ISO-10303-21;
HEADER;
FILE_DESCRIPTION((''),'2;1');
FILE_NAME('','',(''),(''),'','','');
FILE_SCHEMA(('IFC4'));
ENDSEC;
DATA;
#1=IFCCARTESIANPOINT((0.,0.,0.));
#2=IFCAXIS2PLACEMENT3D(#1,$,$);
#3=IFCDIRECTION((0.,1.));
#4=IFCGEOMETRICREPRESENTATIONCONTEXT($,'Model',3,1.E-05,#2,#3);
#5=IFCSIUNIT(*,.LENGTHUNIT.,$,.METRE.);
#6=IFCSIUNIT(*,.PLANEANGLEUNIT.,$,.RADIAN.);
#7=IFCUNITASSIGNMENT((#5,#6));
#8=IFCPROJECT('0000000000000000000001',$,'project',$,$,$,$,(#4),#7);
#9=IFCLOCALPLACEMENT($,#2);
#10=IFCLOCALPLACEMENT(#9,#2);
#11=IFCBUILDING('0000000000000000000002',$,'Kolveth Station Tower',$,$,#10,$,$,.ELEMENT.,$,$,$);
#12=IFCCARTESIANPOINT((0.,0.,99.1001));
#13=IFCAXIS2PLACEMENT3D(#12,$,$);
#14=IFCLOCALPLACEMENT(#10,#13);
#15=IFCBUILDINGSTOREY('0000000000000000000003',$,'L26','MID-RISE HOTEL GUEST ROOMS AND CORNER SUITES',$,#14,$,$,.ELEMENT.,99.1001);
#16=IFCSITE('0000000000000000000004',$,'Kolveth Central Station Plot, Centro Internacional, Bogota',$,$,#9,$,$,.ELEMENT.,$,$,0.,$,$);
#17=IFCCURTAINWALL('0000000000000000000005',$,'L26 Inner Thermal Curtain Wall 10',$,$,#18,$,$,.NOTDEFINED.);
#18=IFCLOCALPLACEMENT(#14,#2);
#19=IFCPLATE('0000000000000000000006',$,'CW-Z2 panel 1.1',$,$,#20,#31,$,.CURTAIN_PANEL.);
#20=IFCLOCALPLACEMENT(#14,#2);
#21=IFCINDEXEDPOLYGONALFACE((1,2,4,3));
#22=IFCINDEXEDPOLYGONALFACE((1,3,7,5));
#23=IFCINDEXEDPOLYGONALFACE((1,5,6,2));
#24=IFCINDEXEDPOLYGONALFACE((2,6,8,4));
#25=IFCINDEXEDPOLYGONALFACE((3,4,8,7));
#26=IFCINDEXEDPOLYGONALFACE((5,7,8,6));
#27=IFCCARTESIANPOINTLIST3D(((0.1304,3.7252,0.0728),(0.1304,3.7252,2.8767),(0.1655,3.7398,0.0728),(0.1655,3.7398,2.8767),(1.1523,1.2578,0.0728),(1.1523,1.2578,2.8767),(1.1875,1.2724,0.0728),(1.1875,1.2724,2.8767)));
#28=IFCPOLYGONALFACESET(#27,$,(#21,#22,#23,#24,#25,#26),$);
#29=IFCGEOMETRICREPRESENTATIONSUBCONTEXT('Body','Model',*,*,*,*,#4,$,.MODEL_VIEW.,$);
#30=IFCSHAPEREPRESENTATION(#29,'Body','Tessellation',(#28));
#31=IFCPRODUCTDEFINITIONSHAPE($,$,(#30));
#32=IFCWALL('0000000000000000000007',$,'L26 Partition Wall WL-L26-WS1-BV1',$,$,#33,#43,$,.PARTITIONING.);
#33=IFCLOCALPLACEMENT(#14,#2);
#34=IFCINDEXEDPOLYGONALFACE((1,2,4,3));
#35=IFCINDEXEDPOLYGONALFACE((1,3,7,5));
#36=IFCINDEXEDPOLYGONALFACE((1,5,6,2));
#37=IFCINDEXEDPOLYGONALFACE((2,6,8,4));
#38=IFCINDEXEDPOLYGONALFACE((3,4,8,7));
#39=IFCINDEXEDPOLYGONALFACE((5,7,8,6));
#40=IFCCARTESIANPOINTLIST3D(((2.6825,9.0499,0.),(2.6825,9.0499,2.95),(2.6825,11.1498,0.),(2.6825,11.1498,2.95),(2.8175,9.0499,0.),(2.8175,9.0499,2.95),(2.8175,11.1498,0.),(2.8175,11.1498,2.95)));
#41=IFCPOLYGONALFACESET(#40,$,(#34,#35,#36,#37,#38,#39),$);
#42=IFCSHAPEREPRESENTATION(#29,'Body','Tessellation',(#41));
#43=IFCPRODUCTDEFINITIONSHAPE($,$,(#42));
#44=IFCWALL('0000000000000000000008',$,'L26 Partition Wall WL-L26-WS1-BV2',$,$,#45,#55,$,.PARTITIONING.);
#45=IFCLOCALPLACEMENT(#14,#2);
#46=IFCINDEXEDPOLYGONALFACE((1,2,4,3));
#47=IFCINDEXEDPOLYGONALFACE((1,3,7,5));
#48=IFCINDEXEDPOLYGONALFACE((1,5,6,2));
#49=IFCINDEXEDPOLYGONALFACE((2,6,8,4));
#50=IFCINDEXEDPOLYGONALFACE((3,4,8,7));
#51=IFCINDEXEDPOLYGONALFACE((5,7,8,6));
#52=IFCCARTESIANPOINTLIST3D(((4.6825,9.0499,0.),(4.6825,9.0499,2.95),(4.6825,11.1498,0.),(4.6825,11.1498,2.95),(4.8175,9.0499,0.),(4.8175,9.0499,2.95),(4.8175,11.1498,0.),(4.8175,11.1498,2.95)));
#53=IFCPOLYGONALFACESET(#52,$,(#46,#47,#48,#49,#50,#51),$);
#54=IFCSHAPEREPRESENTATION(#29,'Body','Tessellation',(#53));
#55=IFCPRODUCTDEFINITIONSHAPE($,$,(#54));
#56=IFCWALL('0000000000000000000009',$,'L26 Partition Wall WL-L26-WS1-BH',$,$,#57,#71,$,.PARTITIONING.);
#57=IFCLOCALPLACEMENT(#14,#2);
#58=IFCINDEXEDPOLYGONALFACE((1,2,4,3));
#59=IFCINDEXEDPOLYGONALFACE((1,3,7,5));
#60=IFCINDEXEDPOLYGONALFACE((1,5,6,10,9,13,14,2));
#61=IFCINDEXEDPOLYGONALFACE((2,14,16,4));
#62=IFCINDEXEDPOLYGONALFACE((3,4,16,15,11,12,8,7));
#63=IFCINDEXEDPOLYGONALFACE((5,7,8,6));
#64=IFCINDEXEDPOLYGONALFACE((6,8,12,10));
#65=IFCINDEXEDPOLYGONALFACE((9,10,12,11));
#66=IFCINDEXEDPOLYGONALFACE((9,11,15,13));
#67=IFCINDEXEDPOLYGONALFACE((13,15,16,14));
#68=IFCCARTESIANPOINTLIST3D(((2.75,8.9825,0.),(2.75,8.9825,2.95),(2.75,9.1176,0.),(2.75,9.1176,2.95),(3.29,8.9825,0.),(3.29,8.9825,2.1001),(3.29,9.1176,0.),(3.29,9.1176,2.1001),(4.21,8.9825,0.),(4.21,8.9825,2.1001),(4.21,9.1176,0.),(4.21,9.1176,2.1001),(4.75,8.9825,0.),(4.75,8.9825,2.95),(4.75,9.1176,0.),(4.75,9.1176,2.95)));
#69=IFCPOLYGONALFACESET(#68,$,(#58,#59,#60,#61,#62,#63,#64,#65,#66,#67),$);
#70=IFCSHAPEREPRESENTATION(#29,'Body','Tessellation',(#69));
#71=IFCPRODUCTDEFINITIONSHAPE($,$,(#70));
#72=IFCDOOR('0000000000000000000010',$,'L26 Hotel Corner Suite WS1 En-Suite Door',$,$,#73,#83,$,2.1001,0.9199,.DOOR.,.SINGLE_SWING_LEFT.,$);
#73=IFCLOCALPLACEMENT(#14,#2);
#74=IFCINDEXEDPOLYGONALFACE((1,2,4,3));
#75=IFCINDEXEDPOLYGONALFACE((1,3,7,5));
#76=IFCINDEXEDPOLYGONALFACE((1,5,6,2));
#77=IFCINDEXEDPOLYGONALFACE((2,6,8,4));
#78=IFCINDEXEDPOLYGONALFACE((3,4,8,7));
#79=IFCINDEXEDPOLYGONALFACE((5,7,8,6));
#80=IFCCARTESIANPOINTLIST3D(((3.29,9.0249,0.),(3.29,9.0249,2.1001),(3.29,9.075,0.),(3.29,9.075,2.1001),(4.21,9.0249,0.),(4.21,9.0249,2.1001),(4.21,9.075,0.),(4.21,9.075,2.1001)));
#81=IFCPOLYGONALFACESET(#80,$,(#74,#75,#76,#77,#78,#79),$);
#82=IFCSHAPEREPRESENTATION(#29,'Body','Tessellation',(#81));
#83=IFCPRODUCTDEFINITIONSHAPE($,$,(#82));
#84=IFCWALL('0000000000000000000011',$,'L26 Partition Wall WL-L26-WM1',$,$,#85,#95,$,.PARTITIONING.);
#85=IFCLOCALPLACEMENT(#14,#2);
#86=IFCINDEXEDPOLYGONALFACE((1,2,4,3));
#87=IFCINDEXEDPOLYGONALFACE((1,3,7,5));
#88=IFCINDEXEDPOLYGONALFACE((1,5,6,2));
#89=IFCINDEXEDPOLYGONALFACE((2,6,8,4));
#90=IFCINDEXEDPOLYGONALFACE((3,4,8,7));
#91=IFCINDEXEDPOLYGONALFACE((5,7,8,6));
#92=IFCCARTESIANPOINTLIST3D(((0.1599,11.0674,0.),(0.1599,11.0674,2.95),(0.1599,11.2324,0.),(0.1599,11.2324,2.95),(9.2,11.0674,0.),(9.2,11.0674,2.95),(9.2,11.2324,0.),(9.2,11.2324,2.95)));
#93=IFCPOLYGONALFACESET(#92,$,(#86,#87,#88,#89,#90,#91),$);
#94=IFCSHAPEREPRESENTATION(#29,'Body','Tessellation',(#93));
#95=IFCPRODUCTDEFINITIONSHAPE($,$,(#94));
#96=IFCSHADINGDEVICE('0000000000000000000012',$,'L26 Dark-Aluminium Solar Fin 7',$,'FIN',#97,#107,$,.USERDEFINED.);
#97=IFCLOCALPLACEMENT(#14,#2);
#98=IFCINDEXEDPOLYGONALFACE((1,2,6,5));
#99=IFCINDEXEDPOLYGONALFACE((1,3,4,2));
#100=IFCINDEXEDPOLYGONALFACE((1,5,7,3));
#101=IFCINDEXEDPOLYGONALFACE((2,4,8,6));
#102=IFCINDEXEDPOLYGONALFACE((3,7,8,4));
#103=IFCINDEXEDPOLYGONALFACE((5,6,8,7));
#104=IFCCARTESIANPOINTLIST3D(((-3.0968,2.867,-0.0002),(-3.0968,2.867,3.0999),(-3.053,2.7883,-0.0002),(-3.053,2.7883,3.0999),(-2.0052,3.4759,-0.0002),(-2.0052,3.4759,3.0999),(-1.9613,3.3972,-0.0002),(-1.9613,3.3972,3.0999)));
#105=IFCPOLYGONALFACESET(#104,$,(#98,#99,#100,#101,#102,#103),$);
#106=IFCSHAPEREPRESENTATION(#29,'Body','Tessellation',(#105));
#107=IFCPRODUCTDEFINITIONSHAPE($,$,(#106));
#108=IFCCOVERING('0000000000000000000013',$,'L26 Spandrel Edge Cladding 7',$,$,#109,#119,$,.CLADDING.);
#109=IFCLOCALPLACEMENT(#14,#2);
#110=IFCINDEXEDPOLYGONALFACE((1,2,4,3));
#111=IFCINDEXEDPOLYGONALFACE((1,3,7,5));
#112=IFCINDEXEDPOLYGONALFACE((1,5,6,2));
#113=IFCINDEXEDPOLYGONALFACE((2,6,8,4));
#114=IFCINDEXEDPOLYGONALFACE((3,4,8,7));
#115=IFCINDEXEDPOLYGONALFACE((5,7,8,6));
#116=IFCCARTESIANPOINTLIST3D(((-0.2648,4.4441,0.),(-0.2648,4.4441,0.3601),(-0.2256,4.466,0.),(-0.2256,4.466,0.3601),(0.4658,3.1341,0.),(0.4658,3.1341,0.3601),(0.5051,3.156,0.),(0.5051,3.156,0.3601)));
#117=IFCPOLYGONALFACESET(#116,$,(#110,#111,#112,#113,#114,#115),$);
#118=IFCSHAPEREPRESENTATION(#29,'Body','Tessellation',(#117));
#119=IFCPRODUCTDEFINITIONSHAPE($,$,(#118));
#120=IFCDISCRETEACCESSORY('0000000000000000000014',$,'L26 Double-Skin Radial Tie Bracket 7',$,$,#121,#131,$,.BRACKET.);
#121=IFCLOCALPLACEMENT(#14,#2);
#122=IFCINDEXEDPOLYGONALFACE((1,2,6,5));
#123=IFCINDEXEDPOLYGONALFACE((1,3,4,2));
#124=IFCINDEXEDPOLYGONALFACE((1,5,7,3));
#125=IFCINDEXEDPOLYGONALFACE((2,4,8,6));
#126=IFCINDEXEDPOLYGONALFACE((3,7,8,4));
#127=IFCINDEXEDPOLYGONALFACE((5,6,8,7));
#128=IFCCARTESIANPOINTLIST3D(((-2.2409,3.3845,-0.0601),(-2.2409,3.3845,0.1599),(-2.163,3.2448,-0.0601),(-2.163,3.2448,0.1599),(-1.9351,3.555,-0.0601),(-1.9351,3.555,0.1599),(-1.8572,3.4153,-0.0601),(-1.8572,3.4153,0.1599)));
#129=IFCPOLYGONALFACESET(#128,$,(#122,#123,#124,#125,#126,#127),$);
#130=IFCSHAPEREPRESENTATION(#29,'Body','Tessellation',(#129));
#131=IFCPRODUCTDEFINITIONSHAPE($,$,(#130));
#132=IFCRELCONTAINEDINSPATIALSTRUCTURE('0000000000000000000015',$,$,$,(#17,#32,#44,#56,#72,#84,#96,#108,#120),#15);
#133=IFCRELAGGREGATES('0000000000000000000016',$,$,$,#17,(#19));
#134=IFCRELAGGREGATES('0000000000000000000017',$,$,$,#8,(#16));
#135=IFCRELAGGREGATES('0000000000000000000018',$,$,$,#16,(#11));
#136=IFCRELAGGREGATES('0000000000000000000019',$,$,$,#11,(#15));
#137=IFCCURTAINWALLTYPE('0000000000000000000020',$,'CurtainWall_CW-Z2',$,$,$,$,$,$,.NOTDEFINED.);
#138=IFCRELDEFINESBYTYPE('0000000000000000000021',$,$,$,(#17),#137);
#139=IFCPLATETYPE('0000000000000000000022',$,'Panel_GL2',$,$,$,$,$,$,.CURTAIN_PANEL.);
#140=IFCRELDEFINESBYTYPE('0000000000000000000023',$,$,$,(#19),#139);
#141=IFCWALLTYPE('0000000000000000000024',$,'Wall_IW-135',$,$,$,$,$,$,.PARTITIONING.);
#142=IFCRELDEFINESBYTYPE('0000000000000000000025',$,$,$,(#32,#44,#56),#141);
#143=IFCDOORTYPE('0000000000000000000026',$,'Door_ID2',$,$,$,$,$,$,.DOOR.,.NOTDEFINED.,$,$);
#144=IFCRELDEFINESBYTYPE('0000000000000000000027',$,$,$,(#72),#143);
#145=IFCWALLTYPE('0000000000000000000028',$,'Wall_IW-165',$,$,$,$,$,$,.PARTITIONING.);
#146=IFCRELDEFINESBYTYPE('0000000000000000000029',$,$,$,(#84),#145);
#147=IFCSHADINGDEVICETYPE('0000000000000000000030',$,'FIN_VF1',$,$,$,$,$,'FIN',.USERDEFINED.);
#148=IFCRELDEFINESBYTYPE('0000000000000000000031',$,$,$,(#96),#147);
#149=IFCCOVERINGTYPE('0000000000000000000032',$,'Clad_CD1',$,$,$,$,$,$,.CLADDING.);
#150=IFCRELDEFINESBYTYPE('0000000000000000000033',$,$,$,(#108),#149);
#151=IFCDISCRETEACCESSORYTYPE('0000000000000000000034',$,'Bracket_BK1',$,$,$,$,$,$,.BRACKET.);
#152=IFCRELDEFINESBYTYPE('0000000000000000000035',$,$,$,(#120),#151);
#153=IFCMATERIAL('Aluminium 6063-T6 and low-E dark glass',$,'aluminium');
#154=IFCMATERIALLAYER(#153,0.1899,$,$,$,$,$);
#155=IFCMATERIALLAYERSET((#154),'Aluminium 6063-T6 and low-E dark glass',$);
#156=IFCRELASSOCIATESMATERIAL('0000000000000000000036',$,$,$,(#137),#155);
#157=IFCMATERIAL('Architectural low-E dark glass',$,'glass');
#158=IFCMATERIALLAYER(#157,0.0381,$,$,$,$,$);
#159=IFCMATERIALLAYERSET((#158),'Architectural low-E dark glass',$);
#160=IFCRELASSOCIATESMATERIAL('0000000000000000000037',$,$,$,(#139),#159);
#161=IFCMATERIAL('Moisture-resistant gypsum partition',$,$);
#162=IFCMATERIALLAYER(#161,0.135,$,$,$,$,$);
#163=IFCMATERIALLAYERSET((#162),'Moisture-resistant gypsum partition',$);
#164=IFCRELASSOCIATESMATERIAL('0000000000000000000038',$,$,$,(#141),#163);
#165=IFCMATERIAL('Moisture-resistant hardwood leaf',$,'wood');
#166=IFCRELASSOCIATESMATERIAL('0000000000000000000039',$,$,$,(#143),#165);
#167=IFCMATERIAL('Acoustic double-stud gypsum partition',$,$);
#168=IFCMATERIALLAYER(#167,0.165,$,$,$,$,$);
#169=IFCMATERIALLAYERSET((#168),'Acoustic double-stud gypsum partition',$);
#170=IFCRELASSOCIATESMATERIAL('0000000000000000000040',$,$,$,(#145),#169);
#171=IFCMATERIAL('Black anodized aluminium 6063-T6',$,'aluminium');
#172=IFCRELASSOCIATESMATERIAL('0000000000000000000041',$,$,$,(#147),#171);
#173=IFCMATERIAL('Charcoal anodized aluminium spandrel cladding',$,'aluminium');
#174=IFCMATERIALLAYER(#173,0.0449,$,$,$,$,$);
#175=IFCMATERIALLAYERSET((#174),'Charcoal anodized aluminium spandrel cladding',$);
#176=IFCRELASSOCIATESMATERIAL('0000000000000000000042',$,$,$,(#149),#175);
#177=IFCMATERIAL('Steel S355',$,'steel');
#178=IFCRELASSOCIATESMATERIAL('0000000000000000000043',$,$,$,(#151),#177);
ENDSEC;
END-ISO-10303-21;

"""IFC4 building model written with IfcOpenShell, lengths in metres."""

from ifc_helpers import new_model, si_unit, direction, frame, frame_2d, origin, origin_2d, place, context, subcontext, project, spatial, rectangle, extrude, source, transform, mapped, material, layer, layer_set, type_object, element, fill, aggregate, save


model = new_model("IFC4")

# Units and contexts
model_context = context("Model", 3, precision=1e-05, world=origin(), true_north=direction((0.0, 1.0)))
body_context = subcontext(model_context, "Body", "Model", "MODEL_VIEW")
ifc_project = project(units=[si_unit("LENGTHUNIT", "METRE"), si_unit("PLANEANGLEUNIT", "RADIAN")], contexts=[model_context])

# Site, building, storey
site_placement = place(None, origin())
site = spatial("IfcSite", under=ifc_project, at=site_placement, Name="Kolveth Central Station Plot, Centro Internacional, Bogota", CompositionType="ELEMENT", RefElevation=0.0)
building_placement = place(site_placement, origin())
building = spatial("IfcBuilding", under=site, at=building_placement, Name="Kolveth Station Tower", CompositionType="ELEMENT")
storey_placement = place(building_placement, frame((0.0, 0.0, 99.1001)))
storey = spatial("IfcBuildingStorey", under=building, at=storey_placement, Name="L26", Description="MID-RISE HOTEL GUEST ROOMS AND CORNER SUITES", CompositionType="ELEMENT", Elevation=99.1001)

# Shared definitions
ifc_material_1 = material(Name="Steel S355", Category="steel")

# Shared definitions
ifc_material_2 = material(Name="Aluminium 6063-T6 and low-E dark glass", Category="aluminium")
ifc_layer_1 = layer(ifc_material_2, 0.1899)
ifc_layer_set_1 = layer_set([ifc_layer_1], Name="Aluminium 6063-T6 and low-E dark glass")
curtain_wall_type_1 = type_object("IfcCurtainWallType", Name="CurtainWall_CW-Z2", PredefinedType="NOTDEFINED", material=ifc_layer_set_1)
ifc_material_3 = material(Name="Black anodized aluminium 6063-T6", Category="aluminium")

# Curtain wall
curtain_wall_1_placement = place(storey_placement, origin())
curtain_wall_1 = element("IfcCurtainWall", 1, at=curtain_wall_1_placement, inside=storey, type_object=curtain_wall_type_1, Name="L26 Inner Thermal Curtain Wall 10", PredefinedType="NOTDEFINED")

# Plate
ifc_material_4 = material(Name="Architectural low-E dark glass", Category="glass")
ifc_layer_2 = layer(ifc_material_4, 0.0381)
ifc_layer_set_2 = layer_set([ifc_layer_2], Name="Architectural low-E dark glass")
plate_type = type_object("IfcPlateType", Name="Panel_GL2", PredefinedType="CURTAIN_PANEL", material=ifc_layer_set_2)
shared_shape_1 = source(origin(), body_context, "Body", "SweptSolid", [
    extrude(rectangle(XDim=2.6707, YDim=0.0381, at=origin_2d()), origin(), (0.0, 0.0, 1.0), 2.804),
])
plate_placement = place(storey_placement, frame((0.6589, 2.4988, 0.0728), z_axis=(0.0, 0.0, 1.0), x_axis=(0.382663, -0.923888, 0.0)))
plate = element("IfcPlate", 2, at=plate_placement, type_object=plate_type, Name="CW-Z2 panel 1.1", PredefinedType="CURTAIN_PANEL", context=body_context, shape_type="MappedRepresentation", body=[
    mapped(shared_shape_1, transform((0.0, 0.0, 0.0), x_axis=(1.0, 0.0, 0.0), y_axis=(0.0, 1.0, 0.0), z_axis=(0.0, 0.0, 1.0), scale=1.0)),
])
aggregate(curtain_wall_1, [plate])

# Walls
ifc_material_5 = material(Name="Moisture-resistant gypsum partition")
ifc_layer_3 = layer(ifc_material_5, 0.135)
ifc_layer_set_3 = layer_set([ifc_layer_3], Name="Moisture-resistant gypsum partition")
wall_type_1 = type_object("IfcWallType", Name="Wall_IW-135", PredefinedType="PARTITIONING", material=ifc_layer_set_3)
for number, where, z_axis, x_axis, name in (
    (3, (2.75, 9.05, 0.0), (0.0, 0.0, 1.0), (0.0, 1.0, 0.0), "L26 Partition Wall WL-L26-WS1-BV1"),
    (4, (4.75, 9.05, 0.0), (0.0, 0.0, 1.0), (0.0, 1.0, 0.0), "L26 Partition Wall WL-L26-WS1-BV2"),
):
    element("IfcWall", number, at=place(storey_placement, frame(where, z_axis=z_axis, x_axis=x_axis)), inside=storey, type_object=wall_type_1, Name=name, PredefinedType="PARTITIONING", context=body_context, shape_type="SweptSolid", body=[
        extrude(rectangle(XDim=2.0999, YDim=0.135, at=frame_2d((1.0498, 0.0))), origin(), (0.0, 0.0, 1.0), 2.95),
    ])

# Wall, opening, door
wall_1_placement = place(storey_placement, frame((2.75, 9.05, 0.0), z_axis=(0.0, 0.0, 1.0), x_axis=(1.0, 0.0, 0.0)))
wall_1 = element("IfcWall", 5, at=wall_1_placement, inside=storey, type_object=wall_type_1, Name="L26 Partition Wall WL-L26-WS1-BH", PredefinedType="PARTITIONING", context=body_context, shape_type="SweptSolid", body=[
    extrude(rectangle(XDim=2.0, YDim=0.135, at=frame_2d((1.0, 0.0))), origin(), (0.0, 0.0, 1.0), 2.95),
])
opening_placement = place(wall_1_placement, frame((0.54, 0.0, 0.0)))
opening = element("IfcOpeningElement", 6, at=opening_placement, cuts=wall_1, PredefinedType="OPENING", context=body_context, shape_type="SweptSolid", body=[
    extrude(rectangle(XDim=0.9199, YDim=2.1001, at=frame_2d((0.46, 1.05))), frame((0.0, 0.0774, 0.0), z_axis=(0.0, -1.0, 0.0), x_axis=(1.0, 0.0, 0.0)), (0.0, 0.0, 1.0), 0.155),
])
ifc_material_6 = material(Name="Moisture-resistant hardwood leaf", Category="wood")
door_type = type_object("IfcDoorType", Name="Door_ID2", OperationType="NOTDEFINED", PredefinedType="DOOR", material=ifc_material_6)
door_placement = place(opening_placement, origin())
door = element("IfcDoor", 7, at=door_placement, inside=storey, type_object=door_type, Name="L26 Hotel Corner Suite WS1 En-Suite Door", OperationType="SINGLE_SWING_LEFT", OverallHeight=2.1001, OverallWidth=0.9199, PredefinedType="DOOR", context=body_context, shape_type="SweptSolid", body=[
    extrude(rectangle(XDim=0.9199, YDim=2.1001, at=frame_2d((0.46, 1.05))), frame((0.0, 0.0249, 0.0), z_axis=(0.0, -1.0, 0.0), x_axis=(1.0, 0.0, 0.0)), (0.0, 0.0, 1.0), 0.05),
])
fill(opening, door)

# Wall
ifc_material_7 = material(Name="Acoustic double-stud gypsum partition")
ifc_layer_4 = layer(ifc_material_7, 0.165)
ifc_layer_set_4 = layer_set([ifc_layer_4], Name="Acoustic double-stud gypsum partition")
wall_type_2 = type_object("IfcWallType", Name="Wall_IW-165", PredefinedType="PARTITIONING", material=ifc_layer_set_4)
wall_2_placement = place(storey_placement, frame((0.1599, 11.1499, 0.0), z_axis=(0.0, 0.0, 1.0), x_axis=(1.0, 0.0, 0.0)))
element("IfcWall", 8, at=wall_2_placement, inside=storey, type_object=wall_type_2, Name="L26 Partition Wall WL-L26-WM1", PredefinedType="PARTITIONING", context=body_context, shape_type="SweptSolid", body=[
    extrude(rectangle(XDim=9.04, YDim=0.165, at=frame_2d((4.52, 0.0))), origin(), (0.0, 0.0, 1.0), 2.95),
])

# Shading device
shading_device_type = type_object("IfcShadingDeviceType", Name="FIN_VF1", ElementType="FIN", PredefinedType="USERDEFINED", material=ifc_material_3)
shared_shape_2 = source(origin(), body_context, "Body", "SweptSolid", [
    extrude(rectangle(XDim=1.25, YDim=0.0901, at=origin_2d()), origin(), (0.0, 0.0, 1.0), 3.1001),
])
shading_device_placement = place(storey_placement, frame((-2.5291, 3.1321, -0.0002), z_axis=(0.0, 0.0, 1.0), x_axis=(-0.873347, -0.487098, 0.0)))
element("IfcShadingDevice", 9, at=shading_device_placement, inside=storey, type_object=shading_device_type, Name="L26 Dark-Aluminium Solar Fin 7", ObjectType="FIN", PredefinedType="USERDEFINED", context=body_context, shape_type="MappedRepresentation", body=[
    mapped(shared_shape_2, transform((0.0, 0.0, 0.0), x_axis=(1.0, 0.0, 0.0), y_axis=(0.0, 1.0, 0.0), z_axis=(0.0, 0.0, 1.0), scale=1.0)),
])

# Covering
ifc_material_8 = material(Name="Charcoal anodized aluminium spandrel cladding", Category="aluminium")
ifc_layer_5 = layer(ifc_material_8, 0.0449)
ifc_layer_set_5 = layer_set([ifc_layer_5], Name="Charcoal anodized aluminium spandrel cladding")
covering_type = type_object("IfcCoveringType", Name="Clad_CD1", PredefinedType="CLADDING", material=ifc_layer_set_5)
shared_shape_3 = source(origin(), body_context, "Body", "SweptSolid", [
    extrude(rectangle(XDim=1.5, YDim=0.0449, at=origin_2d()), origin(), (0.0, 0.0, 1.0), 0.3601),
])
covering_placement = place(storey_placement, frame((0.1201, 3.8, 0.0), z_axis=(0.0, 0.0, 1.0), x_axis=(0.487098, -0.873347, 0.0)))
element("IfcCovering", 10, at=covering_placement, inside=storey, type_object=covering_type, Name="L26 Spandrel Edge Cladding 7", PredefinedType="CLADDING", context=body_context, shape_type="MappedRepresentation", body=[
    mapped(shared_shape_3, transform((0.0, 0.0, 0.0), x_axis=(1.0, 0.0, 0.0), y_axis=(0.0, 1.0, 0.0), z_axis=(0.0, 0.0, 1.0), scale=1.0)),
])

# Discrete accessory
discrete_accessory_type = type_object("IfcDiscreteAccessoryType", Name="Bracket_BK1", PredefinedType="BRACKET", material=ifc_material_1)
shared_shape_4 = source(origin(), body_context, "Body", "SweptSolid", [
    extrude(rectangle(XDim=0.3501, YDim=0.1599, at=origin_2d()), origin(), (0.0, 0.0, 1.0), 0.22),
])
discrete_accessory_placement = place(storey_placement, frame((-2.0491, 3.3999, -0.0601), z_axis=(0.0, 0.0, 1.0), x_axis=(-0.873347, -0.487098, 0.0)))
element("IfcDiscreteAccessory", 11, at=discrete_accessory_placement, inside=storey, type_object=discrete_accessory_type, Name="L26 Double-Skin Radial Tie Bracket 7", PredefinedType="BRACKET", context=body_context, shape_type="MappedRepresentation", body=[
    mapped(shared_shape_4, transform((0.0, 0.0, 0.0), x_axis=(1.0, 0.0, 0.0), y_axis=(0.0, 1.0, 0.0), z_axis=(0.0, 0.0, 1.0), scale=1.0)),
])

save(model, "model.ifc")
